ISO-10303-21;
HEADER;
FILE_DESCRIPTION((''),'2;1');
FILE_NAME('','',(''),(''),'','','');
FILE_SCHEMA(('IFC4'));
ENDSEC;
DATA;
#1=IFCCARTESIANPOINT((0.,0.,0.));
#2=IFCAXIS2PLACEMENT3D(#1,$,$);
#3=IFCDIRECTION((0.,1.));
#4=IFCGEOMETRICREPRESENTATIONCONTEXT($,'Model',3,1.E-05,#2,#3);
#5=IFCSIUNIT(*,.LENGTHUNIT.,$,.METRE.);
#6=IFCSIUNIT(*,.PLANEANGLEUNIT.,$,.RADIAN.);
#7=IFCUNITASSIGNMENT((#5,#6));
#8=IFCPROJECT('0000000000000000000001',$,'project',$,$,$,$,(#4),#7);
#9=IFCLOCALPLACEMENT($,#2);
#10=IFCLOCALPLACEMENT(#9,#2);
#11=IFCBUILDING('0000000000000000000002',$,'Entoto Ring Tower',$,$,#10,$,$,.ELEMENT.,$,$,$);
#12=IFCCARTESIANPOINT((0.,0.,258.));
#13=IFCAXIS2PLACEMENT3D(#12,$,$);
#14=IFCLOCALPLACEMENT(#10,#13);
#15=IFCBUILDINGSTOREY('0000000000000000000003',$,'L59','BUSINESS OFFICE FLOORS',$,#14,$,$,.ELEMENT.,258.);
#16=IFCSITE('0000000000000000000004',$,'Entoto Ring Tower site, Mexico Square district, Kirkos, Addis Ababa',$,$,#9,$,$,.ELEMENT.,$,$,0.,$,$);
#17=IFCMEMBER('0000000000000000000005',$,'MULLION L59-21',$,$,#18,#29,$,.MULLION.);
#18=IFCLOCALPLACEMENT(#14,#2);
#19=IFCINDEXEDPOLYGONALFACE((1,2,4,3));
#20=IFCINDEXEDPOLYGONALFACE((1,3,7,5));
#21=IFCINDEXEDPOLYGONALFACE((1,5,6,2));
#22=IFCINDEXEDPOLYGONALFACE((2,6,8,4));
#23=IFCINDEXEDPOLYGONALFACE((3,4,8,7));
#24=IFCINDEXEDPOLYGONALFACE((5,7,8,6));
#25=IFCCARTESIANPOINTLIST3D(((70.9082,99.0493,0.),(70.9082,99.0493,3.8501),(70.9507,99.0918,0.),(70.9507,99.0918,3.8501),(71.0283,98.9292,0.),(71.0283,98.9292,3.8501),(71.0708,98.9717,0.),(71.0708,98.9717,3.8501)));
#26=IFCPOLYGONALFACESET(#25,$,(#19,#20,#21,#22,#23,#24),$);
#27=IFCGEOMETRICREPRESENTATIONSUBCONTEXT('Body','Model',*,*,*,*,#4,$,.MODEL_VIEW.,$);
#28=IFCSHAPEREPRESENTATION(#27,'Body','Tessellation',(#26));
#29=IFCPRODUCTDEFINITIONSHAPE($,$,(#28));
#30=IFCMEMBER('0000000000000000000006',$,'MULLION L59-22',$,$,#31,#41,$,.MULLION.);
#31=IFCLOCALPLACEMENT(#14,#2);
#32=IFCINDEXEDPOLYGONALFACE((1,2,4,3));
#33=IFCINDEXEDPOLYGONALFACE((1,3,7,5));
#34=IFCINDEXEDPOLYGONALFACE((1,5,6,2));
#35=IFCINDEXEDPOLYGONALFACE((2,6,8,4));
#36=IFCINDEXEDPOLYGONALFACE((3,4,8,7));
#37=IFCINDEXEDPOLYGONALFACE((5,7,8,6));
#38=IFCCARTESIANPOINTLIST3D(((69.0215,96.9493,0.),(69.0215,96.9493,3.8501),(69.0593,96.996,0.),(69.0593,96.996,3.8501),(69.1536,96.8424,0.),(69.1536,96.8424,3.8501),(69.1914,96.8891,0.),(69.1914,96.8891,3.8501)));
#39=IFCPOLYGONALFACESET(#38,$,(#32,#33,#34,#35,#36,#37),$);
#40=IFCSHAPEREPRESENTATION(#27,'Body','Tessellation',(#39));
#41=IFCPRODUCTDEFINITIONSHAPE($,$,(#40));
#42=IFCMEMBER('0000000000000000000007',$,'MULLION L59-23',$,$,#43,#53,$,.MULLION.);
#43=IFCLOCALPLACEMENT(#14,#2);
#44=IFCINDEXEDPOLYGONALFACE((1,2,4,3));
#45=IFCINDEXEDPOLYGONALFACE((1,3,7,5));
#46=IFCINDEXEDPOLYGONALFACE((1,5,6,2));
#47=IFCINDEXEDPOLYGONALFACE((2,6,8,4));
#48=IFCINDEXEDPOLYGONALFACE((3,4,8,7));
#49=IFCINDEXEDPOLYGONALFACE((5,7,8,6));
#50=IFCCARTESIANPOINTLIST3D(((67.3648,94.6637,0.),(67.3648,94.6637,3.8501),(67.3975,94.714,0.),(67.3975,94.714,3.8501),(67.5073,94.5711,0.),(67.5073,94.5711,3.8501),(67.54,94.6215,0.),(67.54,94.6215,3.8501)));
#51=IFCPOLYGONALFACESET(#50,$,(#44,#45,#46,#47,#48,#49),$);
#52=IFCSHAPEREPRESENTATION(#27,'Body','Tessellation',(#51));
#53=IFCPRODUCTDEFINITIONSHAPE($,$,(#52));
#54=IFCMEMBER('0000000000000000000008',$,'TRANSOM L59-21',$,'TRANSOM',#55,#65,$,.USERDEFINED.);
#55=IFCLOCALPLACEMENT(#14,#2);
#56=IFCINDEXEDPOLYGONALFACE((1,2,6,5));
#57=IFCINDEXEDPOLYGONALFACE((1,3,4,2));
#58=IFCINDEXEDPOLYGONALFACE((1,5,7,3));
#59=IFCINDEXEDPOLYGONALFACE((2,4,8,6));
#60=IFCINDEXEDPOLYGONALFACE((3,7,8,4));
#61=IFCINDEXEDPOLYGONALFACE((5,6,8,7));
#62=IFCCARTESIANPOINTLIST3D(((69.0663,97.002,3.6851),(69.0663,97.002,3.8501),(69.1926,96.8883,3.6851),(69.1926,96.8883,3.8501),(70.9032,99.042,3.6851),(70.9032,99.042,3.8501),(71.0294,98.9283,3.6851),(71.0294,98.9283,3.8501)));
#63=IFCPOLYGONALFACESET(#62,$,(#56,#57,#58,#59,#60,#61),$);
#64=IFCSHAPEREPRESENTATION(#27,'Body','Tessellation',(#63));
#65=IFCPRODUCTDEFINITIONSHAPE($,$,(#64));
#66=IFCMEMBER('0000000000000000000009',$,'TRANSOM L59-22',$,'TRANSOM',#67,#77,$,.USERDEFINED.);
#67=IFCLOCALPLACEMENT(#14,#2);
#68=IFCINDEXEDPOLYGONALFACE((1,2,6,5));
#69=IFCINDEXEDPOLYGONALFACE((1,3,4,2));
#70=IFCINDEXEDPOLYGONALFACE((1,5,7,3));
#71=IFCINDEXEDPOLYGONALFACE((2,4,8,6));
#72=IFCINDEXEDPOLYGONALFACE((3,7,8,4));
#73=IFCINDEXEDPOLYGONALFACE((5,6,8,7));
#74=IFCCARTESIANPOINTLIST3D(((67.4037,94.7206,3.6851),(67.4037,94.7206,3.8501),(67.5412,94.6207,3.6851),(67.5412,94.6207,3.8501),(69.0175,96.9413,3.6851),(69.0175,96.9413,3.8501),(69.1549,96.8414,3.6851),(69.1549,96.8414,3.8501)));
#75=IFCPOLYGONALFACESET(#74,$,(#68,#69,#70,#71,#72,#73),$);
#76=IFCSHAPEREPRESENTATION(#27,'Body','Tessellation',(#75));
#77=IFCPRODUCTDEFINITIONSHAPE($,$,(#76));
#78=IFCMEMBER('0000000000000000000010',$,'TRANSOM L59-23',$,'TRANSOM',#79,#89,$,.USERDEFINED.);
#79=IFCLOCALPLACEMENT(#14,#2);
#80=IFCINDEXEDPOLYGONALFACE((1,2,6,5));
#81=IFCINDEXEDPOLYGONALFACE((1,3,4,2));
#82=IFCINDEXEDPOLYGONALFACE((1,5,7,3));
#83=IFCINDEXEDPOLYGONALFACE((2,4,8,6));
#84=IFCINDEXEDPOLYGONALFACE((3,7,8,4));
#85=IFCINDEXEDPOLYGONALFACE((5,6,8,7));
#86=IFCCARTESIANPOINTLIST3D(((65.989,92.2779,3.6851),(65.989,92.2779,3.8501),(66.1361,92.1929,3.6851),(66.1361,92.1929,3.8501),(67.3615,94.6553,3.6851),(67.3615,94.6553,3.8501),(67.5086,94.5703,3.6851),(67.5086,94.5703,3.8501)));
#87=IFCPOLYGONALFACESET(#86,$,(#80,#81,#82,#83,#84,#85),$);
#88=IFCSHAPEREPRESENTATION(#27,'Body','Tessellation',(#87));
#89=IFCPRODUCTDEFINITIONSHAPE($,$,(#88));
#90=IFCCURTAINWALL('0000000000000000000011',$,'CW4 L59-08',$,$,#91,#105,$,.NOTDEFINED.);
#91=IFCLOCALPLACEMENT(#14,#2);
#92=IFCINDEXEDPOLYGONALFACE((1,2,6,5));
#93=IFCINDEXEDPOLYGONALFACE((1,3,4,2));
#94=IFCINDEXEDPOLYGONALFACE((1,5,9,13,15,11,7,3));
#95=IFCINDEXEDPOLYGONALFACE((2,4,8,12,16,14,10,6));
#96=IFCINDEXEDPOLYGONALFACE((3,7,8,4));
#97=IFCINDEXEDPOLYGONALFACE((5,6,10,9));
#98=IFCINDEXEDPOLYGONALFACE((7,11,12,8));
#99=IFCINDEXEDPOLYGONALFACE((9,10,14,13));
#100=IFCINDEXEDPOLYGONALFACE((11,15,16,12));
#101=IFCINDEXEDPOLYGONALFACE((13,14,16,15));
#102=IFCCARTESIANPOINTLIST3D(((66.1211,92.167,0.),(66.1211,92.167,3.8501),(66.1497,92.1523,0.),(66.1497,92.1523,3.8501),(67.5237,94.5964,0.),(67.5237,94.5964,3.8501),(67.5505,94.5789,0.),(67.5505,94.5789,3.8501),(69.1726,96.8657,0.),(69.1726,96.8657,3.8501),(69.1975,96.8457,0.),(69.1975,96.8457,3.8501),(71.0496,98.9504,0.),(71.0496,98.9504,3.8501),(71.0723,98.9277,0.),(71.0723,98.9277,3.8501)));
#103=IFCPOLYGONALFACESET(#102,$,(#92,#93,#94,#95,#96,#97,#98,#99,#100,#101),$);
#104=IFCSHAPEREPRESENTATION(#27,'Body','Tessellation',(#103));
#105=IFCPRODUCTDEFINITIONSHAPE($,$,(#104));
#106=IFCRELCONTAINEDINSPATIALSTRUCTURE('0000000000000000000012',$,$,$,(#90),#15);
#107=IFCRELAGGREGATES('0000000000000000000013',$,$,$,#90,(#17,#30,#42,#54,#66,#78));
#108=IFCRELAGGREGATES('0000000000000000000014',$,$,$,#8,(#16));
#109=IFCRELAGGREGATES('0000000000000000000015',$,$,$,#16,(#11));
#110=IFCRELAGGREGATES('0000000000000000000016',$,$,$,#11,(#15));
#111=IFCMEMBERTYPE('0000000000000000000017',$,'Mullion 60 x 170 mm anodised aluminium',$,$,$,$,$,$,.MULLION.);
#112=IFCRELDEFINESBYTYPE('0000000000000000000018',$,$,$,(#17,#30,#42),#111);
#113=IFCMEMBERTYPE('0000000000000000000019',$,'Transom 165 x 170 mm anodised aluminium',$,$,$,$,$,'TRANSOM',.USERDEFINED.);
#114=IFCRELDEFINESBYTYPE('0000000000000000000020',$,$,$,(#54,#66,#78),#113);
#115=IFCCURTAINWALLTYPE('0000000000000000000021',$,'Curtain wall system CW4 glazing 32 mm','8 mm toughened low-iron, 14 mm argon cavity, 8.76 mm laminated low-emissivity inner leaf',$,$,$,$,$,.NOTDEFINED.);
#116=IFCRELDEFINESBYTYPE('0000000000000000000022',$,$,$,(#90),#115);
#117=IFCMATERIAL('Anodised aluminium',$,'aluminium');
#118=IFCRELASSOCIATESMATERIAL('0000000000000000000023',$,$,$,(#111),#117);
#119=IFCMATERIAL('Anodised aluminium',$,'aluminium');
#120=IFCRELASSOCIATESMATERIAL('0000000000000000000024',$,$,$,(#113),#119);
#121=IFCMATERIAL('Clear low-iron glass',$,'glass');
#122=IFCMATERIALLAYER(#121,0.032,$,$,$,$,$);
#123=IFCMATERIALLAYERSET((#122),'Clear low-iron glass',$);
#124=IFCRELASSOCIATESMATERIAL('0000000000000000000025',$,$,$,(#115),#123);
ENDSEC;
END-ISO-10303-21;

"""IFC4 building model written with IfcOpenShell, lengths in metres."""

from ifc_helpers import new_model, si_unit, direction, frame, origin, origin_2d, place, context, subcontext, project, spatial, polyline, rectangle, outline, extrude, material, layer, layer_set, material_profile, profile_set, type_object, element, aggregate, save


model = new_model("IFC4")

# Units and contexts
model_context = context("Model", 3, precision=1e-05, world=origin(), true_north=direction((0.0, 1.0)))
body_context = subcontext(model_context, "Body", "Model", "MODEL_VIEW")
ifc_project = project(units=[si_unit("LENGTHUNIT", "METRE"), si_unit("PLANEANGLEUNIT", "RADIAN")], contexts=[model_context])

# Members
ifc_material_1 = material(Name="Anodised aluminium", Category="aluminium")
ifc_material_profile_1 = material_profile(ifc_material_1, rectangle(XDim=0.0601, YDim=0.1699, at=origin_2d()), Name="Mullion 60 x 170 mm anodised aluminium")
ifc_profile_set_1 = profile_set([ifc_material_profile_1], Name="Anodised aluminium")
member_type_1 = type_object("IfcMemberType", Name="Mullion 60 x 170 mm anodised aluminium", PredefinedType="MULLION", material=ifc_profile_set_1)
site_placement = place(None, origin())
building_placement = place(site_placement, origin())
storey_placement = place(building_placement, frame((0.0, 0.0, 258.0)))
member_1_placement = place(storey_placement, frame((70.9895, 99.0105, 0.0), z_axis=(0.0, 0.0, 1.0), x_axis=(-0.707107, -0.707107, 0.0)))
member_1 = element("IfcMember", 1, at=member_1_placement, type_object=member_type_1, Name="MULLION L59-21", PredefinedType="MULLION", context=body_context, shape_type="SweptSolid", body=[
    extrude(rectangle(XDim=0.0601, YDim=0.1699, at=origin_2d()), origin(), (0.0, 0.0, 1.0), 3.8501),
])
member_2_placement = place(storey_placement, frame((69.1064, 96.9192, 0.0), z_axis=(0.0, 0.0, 1.0), x_axis=(-0.62932, -0.777146, 0.0)))
member_2 = element("IfcMember", 2, at=member_2_placement, type_object=member_type_1, Name="MULLION L59-22", PredefinedType="MULLION", context=body_context, shape_type="SweptSolid", body=[
    extrude(rectangle(XDim=0.0601, YDim=0.1699, at=origin_2d()), origin(), (0.0, 0.0, 1.0), 3.8501),
])
member_3_placement = place(storey_placement, frame((67.4524, 94.6426, 0.0), z_axis=(0.0, 0.0, 1.0), x_axis=(-0.544639, -0.838671, 0.0)))
member_3 = element("IfcMember", 3, at=member_3_placement, type_object=member_type_1, Name="MULLION L59-23", PredefinedType="MULLION", context=body_context, shape_type="SweptSolid", body=[
    extrude(rectangle(XDim=0.0601, YDim=0.1699, at=origin_2d()), origin(), (0.0, 0.0, 1.0), 3.8501),
])
ifc_material_2 = material(Name="Anodised aluminium", Category="aluminium")
ifc_material_profile_2 = material_profile(ifc_material_2, rectangle(XDim=0.1699, YDim=0.165, at=origin_2d()), Name="Transom 165 x 170 mm anodised aluminium")
ifc_profile_set_2 = profile_set([ifc_material_profile_2], Name="Anodised aluminium")
member_type_2 = type_object("IfcMemberType", Name="Transom 165 x 170 mm anodised aluminium", ElementType="TRANSOM", PredefinedType="USERDEFINED", material=ifc_profile_set_2)
member_4_placement = place(storey_placement, frame((70.9663, 98.9851, 3.7676), z_axis=(-0.669142, -0.743135, 0.0), x_axis=(0.743135, -0.669142, 0.0)))
member_4 = element("IfcMember", 4, at=member_4_placement, type_object=member_type_2, Name="TRANSOM L59-21", ObjectType="TRANSOM", PredefinedType="USERDEFINED", context=body_context, shape_type="SweptSolid", body=[
    extrude(rectangle(XDim=0.1699, YDim=0.165, at=origin_2d()), origin(), (0.0, 0.0, 1.0), 2.7451),
])
member_5_placement = place(storey_placement, frame((69.0862, 96.8914, 3.7676), z_axis=(-0.587865, -0.808959, 0.0), x_axis=(0.808959, -0.587865, 0.0)))
member_5 = element("IfcMember", 5, at=member_5_placement, type_object=member_type_2, Name="TRANSOM L59-22", ObjectType="TRANSOM", PredefinedType="USERDEFINED", context=body_context, shape_type="SweptSolid", body=[
    extrude(rectangle(XDim=0.1699, YDim=0.165, at=origin_2d()), origin(), (0.0, 0.0, 1.0), 2.7451),
])
member_6_placement = place(storey_placement, frame((67.4351, 94.6128, 3.7676), z_axis=(-0.499984, -0.866035, 0.0), x_axis=(0.866035, -0.499984, 0.0)))
member_6 = element("IfcMember", 6, at=member_6_placement, type_object=member_type_2, Name="TRANSOM L59-23", ObjectType="TRANSOM", PredefinedType="USERDEFINED", context=body_context, shape_type="SweptSolid", body=[
    extrude(rectangle(XDim=0.1699, YDim=0.165, at=origin_2d()), origin(), (0.0, 0.0, 1.0), 2.7451),
])

# Site, building, storey
site = spatial("IfcSite", under=ifc_project, at=site_placement, Name="Entoto Ring Tower site, Mexico Square district, Kirkos, Addis Ababa", CompositionType="ELEMENT", RefElevation=0.0)
building = spatial("IfcBuilding", under=site, at=building_placement, Name="Entoto Ring Tower", CompositionType="ELEMENT")
storey = spatial("IfcBuildingStorey", under=building, at=storey_placement, Name="L59", Description="BUSINESS OFFICE FLOORS", CompositionType="ELEMENT", Elevation=258.0)

# Curtain wall
ifc_material_3 = material(Name="Clear low-iron glass", Category="glass")
ifc_layer = layer(ifc_material_3, 0.032)
ifc_layer_set = layer_set([ifc_layer], Name="Clear low-iron glass")
curtain_wall_type = type_object("IfcCurtainWallType", Name="Curtain wall system CW4 glazing 32 mm", Description="8 mm toughened low-iron, 14 mm argon cavity, 8.76 mm laminated low-emissivity inner leaf", PredefinedType="NOTDEFINED", material=ifc_layer_set)
curtain_wall_1_placement = place(storey_placement, origin())
curtain_wall_1 = element("IfcCurtainWall", 7, at=curtain_wall_1_placement, inside=storey, type_object=curtain_wall_type, Name="CW4 L59-08", PredefinedType="NOTDEFINED", context=body_context, shape_type="SweptSolid", body=[
    extrude(outline(polyline([(71.0496, 98.9504), (69.1726, 96.8657), (67.5237, 94.5964), (66.1211, 92.167), (66.1497, 92.1523), (67.5505, 94.5789), (69.1975, 96.8457), (71.0723, 98.9277), (71.0496, 98.9504)])), origin(), (0.0, 0.0, 1.0), 3.8501),
])
aggregate(curtain_wall_1, [member_1, member_2, member_3, member_4, member_5, member_6])

save(model, "model.ifc")
